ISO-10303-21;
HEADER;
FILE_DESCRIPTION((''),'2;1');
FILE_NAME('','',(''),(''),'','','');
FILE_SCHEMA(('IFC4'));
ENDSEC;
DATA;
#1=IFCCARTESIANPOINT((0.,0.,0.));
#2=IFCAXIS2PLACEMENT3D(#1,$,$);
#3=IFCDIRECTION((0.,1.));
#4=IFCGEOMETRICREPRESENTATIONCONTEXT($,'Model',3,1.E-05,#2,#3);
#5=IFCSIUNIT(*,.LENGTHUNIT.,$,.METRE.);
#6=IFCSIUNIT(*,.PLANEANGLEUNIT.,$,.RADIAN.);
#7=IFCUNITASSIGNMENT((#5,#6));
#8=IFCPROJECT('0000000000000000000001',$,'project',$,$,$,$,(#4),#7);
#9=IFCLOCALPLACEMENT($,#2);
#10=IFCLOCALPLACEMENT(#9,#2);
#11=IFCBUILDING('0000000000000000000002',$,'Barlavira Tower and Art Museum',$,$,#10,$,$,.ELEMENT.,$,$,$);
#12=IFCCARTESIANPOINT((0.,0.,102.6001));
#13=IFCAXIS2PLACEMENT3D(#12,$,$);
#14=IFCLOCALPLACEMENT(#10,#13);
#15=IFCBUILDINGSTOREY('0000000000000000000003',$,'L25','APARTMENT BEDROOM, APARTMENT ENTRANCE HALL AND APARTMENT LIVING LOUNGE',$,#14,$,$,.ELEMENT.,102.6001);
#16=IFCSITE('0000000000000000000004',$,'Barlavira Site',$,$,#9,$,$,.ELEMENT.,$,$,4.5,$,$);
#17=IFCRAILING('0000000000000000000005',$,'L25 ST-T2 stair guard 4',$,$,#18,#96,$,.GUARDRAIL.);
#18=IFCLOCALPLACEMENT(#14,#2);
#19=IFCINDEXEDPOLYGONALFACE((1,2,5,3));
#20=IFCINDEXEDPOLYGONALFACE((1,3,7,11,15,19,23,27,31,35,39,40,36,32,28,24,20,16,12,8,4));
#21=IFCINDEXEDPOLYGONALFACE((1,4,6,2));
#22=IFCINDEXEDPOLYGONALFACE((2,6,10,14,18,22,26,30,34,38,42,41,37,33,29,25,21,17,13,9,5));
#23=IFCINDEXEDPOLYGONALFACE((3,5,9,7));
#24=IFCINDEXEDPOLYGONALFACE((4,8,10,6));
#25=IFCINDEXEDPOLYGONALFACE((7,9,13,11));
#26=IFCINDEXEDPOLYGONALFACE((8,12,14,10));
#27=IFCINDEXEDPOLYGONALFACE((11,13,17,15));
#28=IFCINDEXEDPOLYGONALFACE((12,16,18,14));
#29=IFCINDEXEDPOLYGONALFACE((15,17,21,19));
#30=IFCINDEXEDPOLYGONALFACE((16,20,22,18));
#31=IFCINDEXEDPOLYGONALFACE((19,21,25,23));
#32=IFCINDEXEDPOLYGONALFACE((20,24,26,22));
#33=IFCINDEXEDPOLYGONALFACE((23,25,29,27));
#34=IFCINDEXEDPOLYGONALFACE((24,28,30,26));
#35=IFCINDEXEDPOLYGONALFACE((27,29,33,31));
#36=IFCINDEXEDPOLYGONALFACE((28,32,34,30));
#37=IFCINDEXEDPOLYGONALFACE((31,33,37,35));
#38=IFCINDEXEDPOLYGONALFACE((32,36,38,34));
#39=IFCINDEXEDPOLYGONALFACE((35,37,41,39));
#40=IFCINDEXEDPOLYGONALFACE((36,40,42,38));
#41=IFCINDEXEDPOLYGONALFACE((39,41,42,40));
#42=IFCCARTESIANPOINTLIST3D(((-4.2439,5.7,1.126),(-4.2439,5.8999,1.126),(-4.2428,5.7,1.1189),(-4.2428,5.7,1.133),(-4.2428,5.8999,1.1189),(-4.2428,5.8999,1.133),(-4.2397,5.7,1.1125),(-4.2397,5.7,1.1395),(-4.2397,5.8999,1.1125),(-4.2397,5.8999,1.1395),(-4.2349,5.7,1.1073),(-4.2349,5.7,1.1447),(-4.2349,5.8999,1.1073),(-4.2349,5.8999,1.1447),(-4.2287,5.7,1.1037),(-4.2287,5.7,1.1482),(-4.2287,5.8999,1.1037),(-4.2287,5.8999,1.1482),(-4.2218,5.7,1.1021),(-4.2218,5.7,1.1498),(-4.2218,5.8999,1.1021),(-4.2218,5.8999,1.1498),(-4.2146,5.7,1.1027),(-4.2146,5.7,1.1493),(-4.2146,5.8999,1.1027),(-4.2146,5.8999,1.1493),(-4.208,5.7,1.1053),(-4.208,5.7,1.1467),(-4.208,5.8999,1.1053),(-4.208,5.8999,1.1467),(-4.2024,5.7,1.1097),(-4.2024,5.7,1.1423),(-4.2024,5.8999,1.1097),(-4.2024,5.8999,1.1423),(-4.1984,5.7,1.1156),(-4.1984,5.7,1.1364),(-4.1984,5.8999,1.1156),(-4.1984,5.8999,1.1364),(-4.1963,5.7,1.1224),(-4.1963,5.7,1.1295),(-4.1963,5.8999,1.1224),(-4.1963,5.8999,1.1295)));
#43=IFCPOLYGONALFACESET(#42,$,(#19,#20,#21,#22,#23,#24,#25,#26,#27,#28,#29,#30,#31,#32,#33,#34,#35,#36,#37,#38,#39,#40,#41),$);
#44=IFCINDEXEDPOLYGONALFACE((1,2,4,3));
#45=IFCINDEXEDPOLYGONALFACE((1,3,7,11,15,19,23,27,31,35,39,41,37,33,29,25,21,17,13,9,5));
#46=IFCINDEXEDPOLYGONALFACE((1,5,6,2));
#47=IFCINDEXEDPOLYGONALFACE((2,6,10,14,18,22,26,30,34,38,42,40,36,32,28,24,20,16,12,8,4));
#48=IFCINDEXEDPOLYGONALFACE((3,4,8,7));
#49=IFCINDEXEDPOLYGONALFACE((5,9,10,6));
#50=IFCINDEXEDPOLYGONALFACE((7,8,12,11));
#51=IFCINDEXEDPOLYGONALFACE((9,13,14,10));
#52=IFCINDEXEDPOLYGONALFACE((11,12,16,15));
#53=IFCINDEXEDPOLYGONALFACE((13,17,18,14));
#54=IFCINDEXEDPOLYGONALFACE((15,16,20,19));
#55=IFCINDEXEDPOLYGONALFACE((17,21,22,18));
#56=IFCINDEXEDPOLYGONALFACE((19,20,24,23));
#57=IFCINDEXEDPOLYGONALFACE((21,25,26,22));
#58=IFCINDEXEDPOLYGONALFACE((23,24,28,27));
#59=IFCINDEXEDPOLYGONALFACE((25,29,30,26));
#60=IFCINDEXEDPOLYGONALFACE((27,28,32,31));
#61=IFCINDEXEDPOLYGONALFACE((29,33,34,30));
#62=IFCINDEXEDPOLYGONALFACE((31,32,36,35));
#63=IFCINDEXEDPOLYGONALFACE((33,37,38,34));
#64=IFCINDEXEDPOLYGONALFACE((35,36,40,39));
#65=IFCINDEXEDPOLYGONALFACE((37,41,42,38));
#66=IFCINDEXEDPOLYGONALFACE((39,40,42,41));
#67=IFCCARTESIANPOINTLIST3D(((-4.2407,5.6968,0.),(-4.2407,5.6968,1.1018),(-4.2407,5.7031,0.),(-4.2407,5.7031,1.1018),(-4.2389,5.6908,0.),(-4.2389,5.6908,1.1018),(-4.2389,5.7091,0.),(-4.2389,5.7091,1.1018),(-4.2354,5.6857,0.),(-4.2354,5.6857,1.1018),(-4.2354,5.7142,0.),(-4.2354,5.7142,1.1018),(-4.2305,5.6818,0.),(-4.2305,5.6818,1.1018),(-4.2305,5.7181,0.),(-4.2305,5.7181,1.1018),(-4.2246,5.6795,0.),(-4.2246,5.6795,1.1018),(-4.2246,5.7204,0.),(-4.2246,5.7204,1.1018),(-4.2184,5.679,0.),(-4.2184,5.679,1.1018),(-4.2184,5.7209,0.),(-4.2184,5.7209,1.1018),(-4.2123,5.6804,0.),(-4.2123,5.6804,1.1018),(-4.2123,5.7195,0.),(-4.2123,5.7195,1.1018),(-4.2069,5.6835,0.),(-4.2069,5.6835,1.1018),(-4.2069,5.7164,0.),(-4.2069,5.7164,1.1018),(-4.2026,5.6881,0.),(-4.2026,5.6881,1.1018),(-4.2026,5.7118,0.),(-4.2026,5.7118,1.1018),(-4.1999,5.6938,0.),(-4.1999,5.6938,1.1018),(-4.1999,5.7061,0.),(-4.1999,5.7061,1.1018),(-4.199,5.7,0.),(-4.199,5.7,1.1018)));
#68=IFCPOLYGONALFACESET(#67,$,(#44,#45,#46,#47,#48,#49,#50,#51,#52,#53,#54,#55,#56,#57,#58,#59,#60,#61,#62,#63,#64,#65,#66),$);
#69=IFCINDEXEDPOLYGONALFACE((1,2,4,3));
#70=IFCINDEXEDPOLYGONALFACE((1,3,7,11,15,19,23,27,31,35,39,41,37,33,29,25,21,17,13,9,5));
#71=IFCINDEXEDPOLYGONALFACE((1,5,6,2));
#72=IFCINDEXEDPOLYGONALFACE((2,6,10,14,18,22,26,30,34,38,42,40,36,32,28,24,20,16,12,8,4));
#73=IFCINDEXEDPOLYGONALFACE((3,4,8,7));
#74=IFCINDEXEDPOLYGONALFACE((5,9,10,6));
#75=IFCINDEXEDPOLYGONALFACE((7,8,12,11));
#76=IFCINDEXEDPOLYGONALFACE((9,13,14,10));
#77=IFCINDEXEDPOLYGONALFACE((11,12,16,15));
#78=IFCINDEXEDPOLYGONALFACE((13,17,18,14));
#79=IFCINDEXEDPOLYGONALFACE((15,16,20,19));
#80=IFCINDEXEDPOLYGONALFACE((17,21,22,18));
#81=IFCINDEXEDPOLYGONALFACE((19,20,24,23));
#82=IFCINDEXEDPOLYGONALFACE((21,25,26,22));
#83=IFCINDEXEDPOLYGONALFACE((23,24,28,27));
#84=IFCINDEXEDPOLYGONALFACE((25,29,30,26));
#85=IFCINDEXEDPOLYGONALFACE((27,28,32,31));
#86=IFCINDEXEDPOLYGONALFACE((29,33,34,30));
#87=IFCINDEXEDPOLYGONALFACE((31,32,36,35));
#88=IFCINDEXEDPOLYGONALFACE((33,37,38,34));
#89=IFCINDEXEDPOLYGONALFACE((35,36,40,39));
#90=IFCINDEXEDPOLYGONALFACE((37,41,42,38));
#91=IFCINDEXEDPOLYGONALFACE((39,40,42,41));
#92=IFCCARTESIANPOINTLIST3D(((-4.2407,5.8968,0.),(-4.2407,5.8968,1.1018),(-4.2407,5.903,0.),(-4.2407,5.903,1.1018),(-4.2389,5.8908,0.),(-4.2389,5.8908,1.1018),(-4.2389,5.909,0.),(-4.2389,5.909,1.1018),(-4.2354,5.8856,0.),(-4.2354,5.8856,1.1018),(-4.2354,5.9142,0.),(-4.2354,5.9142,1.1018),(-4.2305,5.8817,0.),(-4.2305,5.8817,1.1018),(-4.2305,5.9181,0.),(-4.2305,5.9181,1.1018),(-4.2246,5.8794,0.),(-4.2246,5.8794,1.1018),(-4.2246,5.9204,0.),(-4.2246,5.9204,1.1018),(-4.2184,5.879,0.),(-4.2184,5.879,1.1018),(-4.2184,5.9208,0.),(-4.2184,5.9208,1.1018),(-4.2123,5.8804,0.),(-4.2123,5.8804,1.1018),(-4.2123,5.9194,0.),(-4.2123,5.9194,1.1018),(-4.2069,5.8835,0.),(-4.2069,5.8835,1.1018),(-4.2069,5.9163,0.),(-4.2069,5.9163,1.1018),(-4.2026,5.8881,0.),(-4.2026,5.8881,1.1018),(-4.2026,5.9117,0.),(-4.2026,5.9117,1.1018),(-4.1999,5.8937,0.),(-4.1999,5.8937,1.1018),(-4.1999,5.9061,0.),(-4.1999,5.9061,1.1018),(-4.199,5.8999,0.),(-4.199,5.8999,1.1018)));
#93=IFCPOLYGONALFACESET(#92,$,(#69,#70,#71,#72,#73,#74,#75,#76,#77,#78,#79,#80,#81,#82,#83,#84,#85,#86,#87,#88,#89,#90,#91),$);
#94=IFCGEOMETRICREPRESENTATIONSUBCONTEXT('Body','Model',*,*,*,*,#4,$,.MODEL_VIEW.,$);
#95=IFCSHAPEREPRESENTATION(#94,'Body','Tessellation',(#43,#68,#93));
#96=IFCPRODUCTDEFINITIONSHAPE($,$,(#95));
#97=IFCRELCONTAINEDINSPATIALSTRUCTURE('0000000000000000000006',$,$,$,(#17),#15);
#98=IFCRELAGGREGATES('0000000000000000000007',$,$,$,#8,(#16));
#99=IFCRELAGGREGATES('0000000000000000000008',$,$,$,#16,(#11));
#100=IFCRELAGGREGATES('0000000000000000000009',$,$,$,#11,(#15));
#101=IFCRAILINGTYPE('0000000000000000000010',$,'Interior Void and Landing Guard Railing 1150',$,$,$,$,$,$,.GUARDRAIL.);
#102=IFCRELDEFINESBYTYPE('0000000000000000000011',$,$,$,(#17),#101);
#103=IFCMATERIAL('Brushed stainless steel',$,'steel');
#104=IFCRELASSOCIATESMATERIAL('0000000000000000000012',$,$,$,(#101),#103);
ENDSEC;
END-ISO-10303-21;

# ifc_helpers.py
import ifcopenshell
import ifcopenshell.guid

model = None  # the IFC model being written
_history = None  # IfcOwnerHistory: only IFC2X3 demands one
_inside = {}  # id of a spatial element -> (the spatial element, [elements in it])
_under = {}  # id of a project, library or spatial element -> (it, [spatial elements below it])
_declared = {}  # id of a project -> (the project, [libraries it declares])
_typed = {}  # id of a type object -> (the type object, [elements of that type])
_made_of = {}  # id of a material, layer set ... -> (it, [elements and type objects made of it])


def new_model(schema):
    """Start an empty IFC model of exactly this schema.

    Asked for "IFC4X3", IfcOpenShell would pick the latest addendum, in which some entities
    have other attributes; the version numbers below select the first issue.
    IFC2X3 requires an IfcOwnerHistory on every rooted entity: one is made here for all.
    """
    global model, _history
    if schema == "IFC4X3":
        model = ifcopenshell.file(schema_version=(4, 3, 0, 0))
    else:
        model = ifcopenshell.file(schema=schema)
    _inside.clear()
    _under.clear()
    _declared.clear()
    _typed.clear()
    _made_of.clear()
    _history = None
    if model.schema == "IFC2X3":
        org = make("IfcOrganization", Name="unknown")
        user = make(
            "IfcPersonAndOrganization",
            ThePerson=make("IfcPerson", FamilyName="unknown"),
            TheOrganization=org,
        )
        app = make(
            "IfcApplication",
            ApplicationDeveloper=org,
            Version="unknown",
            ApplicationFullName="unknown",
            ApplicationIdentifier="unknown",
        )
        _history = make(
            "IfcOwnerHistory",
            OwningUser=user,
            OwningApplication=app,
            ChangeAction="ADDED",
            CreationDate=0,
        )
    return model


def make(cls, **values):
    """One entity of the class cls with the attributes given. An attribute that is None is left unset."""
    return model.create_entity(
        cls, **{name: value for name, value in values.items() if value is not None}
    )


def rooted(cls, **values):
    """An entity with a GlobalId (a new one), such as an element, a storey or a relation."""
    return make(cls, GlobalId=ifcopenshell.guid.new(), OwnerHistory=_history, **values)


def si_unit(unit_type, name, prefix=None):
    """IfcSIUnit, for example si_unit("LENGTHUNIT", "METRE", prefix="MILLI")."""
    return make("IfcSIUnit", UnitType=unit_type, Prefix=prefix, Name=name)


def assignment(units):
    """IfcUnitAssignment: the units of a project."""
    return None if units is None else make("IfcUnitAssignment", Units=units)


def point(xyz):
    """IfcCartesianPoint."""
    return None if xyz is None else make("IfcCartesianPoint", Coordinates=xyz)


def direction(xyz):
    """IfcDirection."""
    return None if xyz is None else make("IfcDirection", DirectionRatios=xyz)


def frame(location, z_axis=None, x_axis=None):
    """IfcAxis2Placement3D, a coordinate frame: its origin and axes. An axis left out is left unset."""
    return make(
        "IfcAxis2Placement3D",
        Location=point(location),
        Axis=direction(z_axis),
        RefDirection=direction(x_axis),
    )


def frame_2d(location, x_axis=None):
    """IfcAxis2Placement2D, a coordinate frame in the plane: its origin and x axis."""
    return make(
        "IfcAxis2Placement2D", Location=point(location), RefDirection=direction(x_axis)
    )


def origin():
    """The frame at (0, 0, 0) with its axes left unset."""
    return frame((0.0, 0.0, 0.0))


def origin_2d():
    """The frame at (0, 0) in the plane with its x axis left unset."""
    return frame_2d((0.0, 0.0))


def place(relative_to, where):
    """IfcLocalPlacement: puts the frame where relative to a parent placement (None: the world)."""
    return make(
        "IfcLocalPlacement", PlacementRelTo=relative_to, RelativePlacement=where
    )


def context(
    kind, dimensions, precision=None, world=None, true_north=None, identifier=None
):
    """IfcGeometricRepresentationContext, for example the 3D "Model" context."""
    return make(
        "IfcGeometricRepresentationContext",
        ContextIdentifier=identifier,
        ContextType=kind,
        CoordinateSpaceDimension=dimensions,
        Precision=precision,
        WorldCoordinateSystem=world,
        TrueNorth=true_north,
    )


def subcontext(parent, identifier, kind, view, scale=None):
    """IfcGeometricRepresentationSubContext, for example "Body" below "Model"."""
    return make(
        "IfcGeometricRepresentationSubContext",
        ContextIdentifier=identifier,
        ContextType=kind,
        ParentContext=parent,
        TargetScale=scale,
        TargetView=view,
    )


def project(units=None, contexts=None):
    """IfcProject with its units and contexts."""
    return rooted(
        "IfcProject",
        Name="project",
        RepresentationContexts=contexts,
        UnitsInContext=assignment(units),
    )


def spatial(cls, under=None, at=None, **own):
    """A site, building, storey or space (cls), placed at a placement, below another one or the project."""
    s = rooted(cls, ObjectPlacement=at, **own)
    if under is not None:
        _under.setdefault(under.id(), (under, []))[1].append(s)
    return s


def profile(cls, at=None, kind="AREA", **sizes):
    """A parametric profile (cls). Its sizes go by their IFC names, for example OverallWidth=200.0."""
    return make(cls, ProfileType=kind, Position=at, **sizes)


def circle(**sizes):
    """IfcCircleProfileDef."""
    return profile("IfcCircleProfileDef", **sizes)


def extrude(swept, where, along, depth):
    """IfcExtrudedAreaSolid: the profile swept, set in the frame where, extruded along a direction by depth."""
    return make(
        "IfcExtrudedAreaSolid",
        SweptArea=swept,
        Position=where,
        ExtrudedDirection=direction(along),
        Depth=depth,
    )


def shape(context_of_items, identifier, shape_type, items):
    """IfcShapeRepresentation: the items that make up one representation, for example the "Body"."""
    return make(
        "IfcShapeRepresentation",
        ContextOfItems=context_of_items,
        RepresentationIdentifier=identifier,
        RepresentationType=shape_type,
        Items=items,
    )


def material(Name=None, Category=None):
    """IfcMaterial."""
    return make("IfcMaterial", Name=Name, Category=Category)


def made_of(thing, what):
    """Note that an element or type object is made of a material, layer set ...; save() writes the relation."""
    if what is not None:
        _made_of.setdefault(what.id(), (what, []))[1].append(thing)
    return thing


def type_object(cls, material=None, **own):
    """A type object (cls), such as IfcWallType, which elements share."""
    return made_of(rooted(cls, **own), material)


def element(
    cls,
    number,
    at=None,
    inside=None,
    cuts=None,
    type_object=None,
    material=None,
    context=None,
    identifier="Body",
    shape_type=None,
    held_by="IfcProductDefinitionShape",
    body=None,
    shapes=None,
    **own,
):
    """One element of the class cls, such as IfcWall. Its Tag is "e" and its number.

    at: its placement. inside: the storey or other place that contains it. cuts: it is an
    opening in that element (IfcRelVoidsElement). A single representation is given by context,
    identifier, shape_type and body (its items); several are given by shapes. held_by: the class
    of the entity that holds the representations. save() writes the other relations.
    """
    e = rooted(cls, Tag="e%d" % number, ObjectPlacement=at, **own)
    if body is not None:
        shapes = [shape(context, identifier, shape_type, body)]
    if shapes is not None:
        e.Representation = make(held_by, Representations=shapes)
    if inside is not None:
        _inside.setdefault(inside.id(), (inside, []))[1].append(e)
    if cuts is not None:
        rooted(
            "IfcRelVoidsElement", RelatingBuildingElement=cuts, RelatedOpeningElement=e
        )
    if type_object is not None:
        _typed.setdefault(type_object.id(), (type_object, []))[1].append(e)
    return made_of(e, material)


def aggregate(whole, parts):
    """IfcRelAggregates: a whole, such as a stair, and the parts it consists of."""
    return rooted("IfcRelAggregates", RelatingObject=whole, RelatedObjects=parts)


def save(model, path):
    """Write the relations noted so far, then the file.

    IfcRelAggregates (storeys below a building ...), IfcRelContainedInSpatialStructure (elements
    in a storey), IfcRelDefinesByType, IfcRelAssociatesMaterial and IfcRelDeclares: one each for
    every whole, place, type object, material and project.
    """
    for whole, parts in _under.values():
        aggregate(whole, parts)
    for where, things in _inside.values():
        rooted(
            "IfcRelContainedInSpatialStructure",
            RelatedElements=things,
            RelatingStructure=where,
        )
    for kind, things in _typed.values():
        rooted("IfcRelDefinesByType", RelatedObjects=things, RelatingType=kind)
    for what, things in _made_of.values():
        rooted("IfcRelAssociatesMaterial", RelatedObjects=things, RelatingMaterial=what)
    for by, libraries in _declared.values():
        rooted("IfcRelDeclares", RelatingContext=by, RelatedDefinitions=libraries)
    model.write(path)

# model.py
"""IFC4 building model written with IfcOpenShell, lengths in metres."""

from ifc_helpers import new_model, si_unit, direction, frame, origin, origin_2d, place, context, subcontext, project, spatial, circle, extrude, material, type_object, element, save


model = new_model("IFC4")

# Units and contexts
model_context = context("Model", 3, precision=1e-05, world=origin(), true_north=direction((0.0, 1.0)))
body_context = subcontext(model_context, "Body", "Model", "MODEL_VIEW")
ifc_project = project(units=[si_unit("LENGTHUNIT", "METRE"), si_unit("PLANEANGLEUNIT", "RADIAN")], contexts=[model_context])

# Site, building, storey
site_placement = place(None, origin())
site = spatial("IfcSite", under=ifc_project, at=site_placement, Name="Barlavira Site", CompositionType="ELEMENT", RefElevation=4.5)
building_placement = place(site_placement, origin())
building = spatial("IfcBuilding", under=site, at=building_placement, Name="Barlavira Tower and Art Museum", CompositionType="ELEMENT")
storey_placement = place(building_placement, frame((0.0, 0.0, 102.6001)))
storey = spatial("IfcBuildingStorey", under=building, at=storey_placement, Name="L25", Description="APARTMENT BEDROOM, APARTMENT ENTRANCE HALL AND APARTMENT LIVING LOUNGE", CompositionType="ELEMENT", Elevation=102.6001)

# Shared definitions
ifc_material_1 = material(Name="Brushed stainless steel", Category="steel")

# Railing
railing_type_1 = type_object("IfcRailingType", Name="Interior Void and Landing Guard Railing 1150", PredefinedType="GUARDRAIL", material=ifc_material_1)
railing_1_placement = place(storey_placement, frame((-4.22, 5.7, 0.0)))
element("IfcRailing", 1, at=railing_1_placement, inside=storey, type_object=railing_type_1, Name="L25 ST-T2 stair guard 4", PredefinedType="GUARDRAIL", context=body_context, shape_type="SweptSolid", body=[
    extrude(circle(Radius=0.0239, at=origin_2d()), frame((0.0, 0.0, 1.126), z_axis=(0.0, 1.0, 0.0), x_axis=(-1.0, 0.0, 0.0)), (0.0, 0.0, 1.0), 0.2),
    extrude(circle(Radius=0.021, at=origin_2d()), origin(), (0.0, 0.0, 1.0), 1.1018),
    extrude(circle(Radius=0.021, at=origin_2d()), frame((0.0, 0.2, 0.0)), (0.0, 0.0, 1.0), 1.1018),
])

save(model, "model.ifc")
